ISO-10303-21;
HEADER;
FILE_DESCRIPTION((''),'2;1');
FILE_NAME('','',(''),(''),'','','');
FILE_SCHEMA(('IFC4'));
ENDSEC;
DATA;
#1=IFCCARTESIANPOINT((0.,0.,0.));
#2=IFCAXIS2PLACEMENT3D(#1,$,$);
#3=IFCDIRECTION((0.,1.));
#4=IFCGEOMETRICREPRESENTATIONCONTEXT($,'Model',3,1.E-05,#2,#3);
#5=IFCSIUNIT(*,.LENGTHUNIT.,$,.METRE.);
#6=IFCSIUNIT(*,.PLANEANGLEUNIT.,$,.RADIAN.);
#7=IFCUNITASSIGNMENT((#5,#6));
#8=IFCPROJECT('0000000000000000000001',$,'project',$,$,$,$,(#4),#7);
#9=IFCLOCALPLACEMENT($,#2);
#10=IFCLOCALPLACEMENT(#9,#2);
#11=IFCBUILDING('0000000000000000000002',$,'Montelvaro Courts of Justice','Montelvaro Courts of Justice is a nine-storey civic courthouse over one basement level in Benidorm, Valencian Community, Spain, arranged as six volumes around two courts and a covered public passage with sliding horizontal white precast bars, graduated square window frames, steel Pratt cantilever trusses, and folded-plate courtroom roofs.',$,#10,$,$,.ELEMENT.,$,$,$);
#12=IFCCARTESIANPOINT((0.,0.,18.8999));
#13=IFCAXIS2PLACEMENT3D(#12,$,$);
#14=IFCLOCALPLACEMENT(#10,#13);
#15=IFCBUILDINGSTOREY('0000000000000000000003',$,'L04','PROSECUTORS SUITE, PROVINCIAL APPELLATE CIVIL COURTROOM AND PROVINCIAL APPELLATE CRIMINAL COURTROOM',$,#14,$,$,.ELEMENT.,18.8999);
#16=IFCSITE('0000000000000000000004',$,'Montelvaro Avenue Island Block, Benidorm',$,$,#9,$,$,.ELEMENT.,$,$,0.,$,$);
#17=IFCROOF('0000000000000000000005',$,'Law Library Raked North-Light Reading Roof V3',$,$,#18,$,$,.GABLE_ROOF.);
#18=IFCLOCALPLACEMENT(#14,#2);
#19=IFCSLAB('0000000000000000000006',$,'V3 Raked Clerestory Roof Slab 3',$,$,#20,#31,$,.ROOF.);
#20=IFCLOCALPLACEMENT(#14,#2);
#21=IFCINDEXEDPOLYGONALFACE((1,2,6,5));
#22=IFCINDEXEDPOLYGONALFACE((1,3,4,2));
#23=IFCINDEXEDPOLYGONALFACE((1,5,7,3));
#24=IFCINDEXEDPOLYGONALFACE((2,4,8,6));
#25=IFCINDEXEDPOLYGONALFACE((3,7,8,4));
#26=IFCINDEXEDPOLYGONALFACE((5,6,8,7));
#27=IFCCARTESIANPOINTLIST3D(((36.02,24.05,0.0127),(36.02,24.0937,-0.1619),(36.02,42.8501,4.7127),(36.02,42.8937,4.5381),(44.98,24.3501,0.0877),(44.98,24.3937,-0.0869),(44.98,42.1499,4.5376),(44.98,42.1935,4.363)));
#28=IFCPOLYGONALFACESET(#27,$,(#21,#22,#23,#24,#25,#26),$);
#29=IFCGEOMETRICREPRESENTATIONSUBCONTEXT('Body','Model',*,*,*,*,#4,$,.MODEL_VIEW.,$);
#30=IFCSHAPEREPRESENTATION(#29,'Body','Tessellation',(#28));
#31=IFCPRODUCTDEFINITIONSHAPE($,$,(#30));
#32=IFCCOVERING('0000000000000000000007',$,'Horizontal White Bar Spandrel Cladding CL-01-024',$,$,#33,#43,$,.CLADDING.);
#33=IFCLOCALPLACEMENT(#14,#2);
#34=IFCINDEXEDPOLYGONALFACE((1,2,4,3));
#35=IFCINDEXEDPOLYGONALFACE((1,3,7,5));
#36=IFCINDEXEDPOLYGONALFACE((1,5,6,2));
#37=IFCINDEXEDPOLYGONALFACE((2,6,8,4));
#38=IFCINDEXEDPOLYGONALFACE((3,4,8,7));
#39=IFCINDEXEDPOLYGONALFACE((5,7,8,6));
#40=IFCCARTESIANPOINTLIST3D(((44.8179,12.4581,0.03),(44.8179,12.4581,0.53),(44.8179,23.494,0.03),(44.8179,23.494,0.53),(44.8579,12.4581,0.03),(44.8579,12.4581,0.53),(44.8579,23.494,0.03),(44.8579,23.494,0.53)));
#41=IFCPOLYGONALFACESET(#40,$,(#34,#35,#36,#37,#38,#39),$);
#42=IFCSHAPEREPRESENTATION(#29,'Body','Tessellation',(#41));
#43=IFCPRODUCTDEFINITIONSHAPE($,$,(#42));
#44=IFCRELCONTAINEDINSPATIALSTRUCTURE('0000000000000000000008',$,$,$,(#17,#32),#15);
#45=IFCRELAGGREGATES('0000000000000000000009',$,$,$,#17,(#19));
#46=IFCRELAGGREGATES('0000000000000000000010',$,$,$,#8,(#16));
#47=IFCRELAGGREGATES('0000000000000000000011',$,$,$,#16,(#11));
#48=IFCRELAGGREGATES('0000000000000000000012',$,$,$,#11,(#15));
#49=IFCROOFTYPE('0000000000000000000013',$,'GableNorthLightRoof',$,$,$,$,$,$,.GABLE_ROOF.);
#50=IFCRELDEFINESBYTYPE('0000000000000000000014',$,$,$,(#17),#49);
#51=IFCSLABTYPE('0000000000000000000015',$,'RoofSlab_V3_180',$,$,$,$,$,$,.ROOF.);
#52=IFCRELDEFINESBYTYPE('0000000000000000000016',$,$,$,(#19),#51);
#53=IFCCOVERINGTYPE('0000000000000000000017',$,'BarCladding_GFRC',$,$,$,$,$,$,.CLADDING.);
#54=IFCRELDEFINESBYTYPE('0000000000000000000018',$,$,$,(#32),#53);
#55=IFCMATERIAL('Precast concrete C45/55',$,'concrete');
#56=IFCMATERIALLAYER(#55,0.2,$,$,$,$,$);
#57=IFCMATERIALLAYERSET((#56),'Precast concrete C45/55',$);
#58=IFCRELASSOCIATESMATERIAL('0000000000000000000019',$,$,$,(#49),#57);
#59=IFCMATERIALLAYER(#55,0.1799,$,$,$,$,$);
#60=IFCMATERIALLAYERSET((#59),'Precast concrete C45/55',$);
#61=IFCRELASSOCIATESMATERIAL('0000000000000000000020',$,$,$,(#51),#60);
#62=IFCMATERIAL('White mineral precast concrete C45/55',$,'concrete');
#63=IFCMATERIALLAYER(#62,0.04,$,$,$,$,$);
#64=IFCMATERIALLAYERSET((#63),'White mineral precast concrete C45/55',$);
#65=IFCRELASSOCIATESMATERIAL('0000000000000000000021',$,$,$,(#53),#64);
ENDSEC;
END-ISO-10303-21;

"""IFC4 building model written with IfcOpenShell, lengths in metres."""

from ifc_helpers import new_model, si_unit, direction, frame, origin, origin_2d, place, context, subcontext, project, spatial, polyline, rectangle, outline, extrude, material, layer, layer_set, type_object, element, aggregate, save


model = new_model("IFC4")

# Units and contexts
model_context = context("Model", 3, precision=1e-05, world=origin(), true_north=direction((0.0, 1.0)))
body_context = subcontext(model_context, "Body", "Model", "MODEL_VIEW")
ifc_project = project(units=[si_unit("LENGTHUNIT", "METRE"), si_unit("PLANEANGLEUNIT", "RADIAN")], contexts=[model_context])

# Site, building, storey
site_placement = place(None, origin())
site = spatial("IfcSite", under=ifc_project, at=site_placement, Name="Montelvaro Avenue Island Block, Benidorm", CompositionType="ELEMENT", RefElevation=0.0)
building_placement = place(site_placement, origin())
building = spatial("IfcBuilding", under=site, at=building_placement, Name="Montelvaro Courts of Justice", Description="Montelvaro Courts of Justice is a nine-storey civic courthouse over one basement level in Benidorm, Valencian Community, Spain, arranged as six volumes around two courts and a covered public passage with sliding horizontal white precast bars, graduated square window frames, steel Pratt cantilever trusses, and folded-plate courtroom roofs.", CompositionType="ELEMENT")
storey_placement = place(building_placement, frame((0.0, 0.0, 18.8999)))
storey = spatial("IfcBuildingStorey", under=building, at=storey_placement, Name="L04", Description="PROSECUTORS SUITE, PROVINCIAL APPELLATE CIVIL COURTROOM AND PROVINCIAL APPELLATE CRIMINAL COURTROOM", CompositionType="ELEMENT", Elevation=18.8999)

# Shared definitions
ifc_material_1 = material(Name="White mineral precast concrete C45/55", Category="concrete")

# Roof, slab
ifc_material_2 = material(Name="Precast concrete C45/55", Category="concrete")
ifc_layer_1 = layer(ifc_material_2, 0.2)
ifc_layer_set_1 = layer_set([ifc_layer_1], Name="Precast concrete C45/55")
roof_type = type_object("IfcRoofType", Name="GableNorthLightRoof", PredefinedType="GABLE_ROOF", material=ifc_layer_set_1)
roof_placement = place(storey_placement, origin())
roof = element("IfcRoof", 1, at=roof_placement, inside=storey, type_object=roof_type, Name="Law Library Raked North-Light Reading Roof V3", PredefinedType="GABLE_ROOF")
ifc_layer_2 = layer(ifc_material_2, 0.1799)
ifc_layer_set_2 = layer_set([ifc_layer_2], Name="Precast concrete C45/55")
slab_type = type_object("IfcSlabType", Name="RoofSlab_V3_180", PredefinedType="ROOF", material=ifc_layer_set_2)
slab_placement = place(storey_placement, frame((36.02, 24.05, 0.0127), z_axis=(0.000003, -0.242534, 0.970143), x_axis=(0.999405, 0.033467, 0.008363)))
slab = element("IfcSlab", 2, at=slab_placement, type_object=slab_type, Name="V3 Raked Clerestory Roof Slab 3", PredefinedType="ROOF", context=body_context, shape_type="SweptSolid", body=[
    extrude(outline(polyline([(0.0, 0.0), (8.9653, 0.0), (9.5982, 18.3367), (0.6685, 19.3671), (0.0, 0.0)])), origin(), (0.0, 0.0, -1.0), 0.1799),
])
aggregate(roof, [slab])

# Covering
ifc_layer_3 = layer(ifc_material_1, 0.04)
ifc_layer_set_3 = layer_set([ifc_layer_3], Name="White mineral precast concrete C45/55")
covering_type = type_object("IfcCoveringType", Name="BarCladding_GFRC", PredefinedType="CLADDING", material=ifc_layer_set_3)
covering_placement = place(storey_placement, frame((44.8379, 17.9761, 0.03), z_axis=(0.0, 0.0, 1.0), x_axis=(0.0, -1.0, 0.0)))
element("IfcCovering", 3, at=covering_placement, inside=storey, type_object=covering_type, Name="Horizontal White Bar Spandrel Cladding CL-01-024", PredefinedType="CLADDING", context=body_context, shape_type="SweptSolid", body=[
    extrude(rectangle(XDim=11.0359, YDim=0.04, at=origin_2d()), origin(), (0.0, 0.0, 1.0), 0.5),
])

save(model, "model.ifc")
